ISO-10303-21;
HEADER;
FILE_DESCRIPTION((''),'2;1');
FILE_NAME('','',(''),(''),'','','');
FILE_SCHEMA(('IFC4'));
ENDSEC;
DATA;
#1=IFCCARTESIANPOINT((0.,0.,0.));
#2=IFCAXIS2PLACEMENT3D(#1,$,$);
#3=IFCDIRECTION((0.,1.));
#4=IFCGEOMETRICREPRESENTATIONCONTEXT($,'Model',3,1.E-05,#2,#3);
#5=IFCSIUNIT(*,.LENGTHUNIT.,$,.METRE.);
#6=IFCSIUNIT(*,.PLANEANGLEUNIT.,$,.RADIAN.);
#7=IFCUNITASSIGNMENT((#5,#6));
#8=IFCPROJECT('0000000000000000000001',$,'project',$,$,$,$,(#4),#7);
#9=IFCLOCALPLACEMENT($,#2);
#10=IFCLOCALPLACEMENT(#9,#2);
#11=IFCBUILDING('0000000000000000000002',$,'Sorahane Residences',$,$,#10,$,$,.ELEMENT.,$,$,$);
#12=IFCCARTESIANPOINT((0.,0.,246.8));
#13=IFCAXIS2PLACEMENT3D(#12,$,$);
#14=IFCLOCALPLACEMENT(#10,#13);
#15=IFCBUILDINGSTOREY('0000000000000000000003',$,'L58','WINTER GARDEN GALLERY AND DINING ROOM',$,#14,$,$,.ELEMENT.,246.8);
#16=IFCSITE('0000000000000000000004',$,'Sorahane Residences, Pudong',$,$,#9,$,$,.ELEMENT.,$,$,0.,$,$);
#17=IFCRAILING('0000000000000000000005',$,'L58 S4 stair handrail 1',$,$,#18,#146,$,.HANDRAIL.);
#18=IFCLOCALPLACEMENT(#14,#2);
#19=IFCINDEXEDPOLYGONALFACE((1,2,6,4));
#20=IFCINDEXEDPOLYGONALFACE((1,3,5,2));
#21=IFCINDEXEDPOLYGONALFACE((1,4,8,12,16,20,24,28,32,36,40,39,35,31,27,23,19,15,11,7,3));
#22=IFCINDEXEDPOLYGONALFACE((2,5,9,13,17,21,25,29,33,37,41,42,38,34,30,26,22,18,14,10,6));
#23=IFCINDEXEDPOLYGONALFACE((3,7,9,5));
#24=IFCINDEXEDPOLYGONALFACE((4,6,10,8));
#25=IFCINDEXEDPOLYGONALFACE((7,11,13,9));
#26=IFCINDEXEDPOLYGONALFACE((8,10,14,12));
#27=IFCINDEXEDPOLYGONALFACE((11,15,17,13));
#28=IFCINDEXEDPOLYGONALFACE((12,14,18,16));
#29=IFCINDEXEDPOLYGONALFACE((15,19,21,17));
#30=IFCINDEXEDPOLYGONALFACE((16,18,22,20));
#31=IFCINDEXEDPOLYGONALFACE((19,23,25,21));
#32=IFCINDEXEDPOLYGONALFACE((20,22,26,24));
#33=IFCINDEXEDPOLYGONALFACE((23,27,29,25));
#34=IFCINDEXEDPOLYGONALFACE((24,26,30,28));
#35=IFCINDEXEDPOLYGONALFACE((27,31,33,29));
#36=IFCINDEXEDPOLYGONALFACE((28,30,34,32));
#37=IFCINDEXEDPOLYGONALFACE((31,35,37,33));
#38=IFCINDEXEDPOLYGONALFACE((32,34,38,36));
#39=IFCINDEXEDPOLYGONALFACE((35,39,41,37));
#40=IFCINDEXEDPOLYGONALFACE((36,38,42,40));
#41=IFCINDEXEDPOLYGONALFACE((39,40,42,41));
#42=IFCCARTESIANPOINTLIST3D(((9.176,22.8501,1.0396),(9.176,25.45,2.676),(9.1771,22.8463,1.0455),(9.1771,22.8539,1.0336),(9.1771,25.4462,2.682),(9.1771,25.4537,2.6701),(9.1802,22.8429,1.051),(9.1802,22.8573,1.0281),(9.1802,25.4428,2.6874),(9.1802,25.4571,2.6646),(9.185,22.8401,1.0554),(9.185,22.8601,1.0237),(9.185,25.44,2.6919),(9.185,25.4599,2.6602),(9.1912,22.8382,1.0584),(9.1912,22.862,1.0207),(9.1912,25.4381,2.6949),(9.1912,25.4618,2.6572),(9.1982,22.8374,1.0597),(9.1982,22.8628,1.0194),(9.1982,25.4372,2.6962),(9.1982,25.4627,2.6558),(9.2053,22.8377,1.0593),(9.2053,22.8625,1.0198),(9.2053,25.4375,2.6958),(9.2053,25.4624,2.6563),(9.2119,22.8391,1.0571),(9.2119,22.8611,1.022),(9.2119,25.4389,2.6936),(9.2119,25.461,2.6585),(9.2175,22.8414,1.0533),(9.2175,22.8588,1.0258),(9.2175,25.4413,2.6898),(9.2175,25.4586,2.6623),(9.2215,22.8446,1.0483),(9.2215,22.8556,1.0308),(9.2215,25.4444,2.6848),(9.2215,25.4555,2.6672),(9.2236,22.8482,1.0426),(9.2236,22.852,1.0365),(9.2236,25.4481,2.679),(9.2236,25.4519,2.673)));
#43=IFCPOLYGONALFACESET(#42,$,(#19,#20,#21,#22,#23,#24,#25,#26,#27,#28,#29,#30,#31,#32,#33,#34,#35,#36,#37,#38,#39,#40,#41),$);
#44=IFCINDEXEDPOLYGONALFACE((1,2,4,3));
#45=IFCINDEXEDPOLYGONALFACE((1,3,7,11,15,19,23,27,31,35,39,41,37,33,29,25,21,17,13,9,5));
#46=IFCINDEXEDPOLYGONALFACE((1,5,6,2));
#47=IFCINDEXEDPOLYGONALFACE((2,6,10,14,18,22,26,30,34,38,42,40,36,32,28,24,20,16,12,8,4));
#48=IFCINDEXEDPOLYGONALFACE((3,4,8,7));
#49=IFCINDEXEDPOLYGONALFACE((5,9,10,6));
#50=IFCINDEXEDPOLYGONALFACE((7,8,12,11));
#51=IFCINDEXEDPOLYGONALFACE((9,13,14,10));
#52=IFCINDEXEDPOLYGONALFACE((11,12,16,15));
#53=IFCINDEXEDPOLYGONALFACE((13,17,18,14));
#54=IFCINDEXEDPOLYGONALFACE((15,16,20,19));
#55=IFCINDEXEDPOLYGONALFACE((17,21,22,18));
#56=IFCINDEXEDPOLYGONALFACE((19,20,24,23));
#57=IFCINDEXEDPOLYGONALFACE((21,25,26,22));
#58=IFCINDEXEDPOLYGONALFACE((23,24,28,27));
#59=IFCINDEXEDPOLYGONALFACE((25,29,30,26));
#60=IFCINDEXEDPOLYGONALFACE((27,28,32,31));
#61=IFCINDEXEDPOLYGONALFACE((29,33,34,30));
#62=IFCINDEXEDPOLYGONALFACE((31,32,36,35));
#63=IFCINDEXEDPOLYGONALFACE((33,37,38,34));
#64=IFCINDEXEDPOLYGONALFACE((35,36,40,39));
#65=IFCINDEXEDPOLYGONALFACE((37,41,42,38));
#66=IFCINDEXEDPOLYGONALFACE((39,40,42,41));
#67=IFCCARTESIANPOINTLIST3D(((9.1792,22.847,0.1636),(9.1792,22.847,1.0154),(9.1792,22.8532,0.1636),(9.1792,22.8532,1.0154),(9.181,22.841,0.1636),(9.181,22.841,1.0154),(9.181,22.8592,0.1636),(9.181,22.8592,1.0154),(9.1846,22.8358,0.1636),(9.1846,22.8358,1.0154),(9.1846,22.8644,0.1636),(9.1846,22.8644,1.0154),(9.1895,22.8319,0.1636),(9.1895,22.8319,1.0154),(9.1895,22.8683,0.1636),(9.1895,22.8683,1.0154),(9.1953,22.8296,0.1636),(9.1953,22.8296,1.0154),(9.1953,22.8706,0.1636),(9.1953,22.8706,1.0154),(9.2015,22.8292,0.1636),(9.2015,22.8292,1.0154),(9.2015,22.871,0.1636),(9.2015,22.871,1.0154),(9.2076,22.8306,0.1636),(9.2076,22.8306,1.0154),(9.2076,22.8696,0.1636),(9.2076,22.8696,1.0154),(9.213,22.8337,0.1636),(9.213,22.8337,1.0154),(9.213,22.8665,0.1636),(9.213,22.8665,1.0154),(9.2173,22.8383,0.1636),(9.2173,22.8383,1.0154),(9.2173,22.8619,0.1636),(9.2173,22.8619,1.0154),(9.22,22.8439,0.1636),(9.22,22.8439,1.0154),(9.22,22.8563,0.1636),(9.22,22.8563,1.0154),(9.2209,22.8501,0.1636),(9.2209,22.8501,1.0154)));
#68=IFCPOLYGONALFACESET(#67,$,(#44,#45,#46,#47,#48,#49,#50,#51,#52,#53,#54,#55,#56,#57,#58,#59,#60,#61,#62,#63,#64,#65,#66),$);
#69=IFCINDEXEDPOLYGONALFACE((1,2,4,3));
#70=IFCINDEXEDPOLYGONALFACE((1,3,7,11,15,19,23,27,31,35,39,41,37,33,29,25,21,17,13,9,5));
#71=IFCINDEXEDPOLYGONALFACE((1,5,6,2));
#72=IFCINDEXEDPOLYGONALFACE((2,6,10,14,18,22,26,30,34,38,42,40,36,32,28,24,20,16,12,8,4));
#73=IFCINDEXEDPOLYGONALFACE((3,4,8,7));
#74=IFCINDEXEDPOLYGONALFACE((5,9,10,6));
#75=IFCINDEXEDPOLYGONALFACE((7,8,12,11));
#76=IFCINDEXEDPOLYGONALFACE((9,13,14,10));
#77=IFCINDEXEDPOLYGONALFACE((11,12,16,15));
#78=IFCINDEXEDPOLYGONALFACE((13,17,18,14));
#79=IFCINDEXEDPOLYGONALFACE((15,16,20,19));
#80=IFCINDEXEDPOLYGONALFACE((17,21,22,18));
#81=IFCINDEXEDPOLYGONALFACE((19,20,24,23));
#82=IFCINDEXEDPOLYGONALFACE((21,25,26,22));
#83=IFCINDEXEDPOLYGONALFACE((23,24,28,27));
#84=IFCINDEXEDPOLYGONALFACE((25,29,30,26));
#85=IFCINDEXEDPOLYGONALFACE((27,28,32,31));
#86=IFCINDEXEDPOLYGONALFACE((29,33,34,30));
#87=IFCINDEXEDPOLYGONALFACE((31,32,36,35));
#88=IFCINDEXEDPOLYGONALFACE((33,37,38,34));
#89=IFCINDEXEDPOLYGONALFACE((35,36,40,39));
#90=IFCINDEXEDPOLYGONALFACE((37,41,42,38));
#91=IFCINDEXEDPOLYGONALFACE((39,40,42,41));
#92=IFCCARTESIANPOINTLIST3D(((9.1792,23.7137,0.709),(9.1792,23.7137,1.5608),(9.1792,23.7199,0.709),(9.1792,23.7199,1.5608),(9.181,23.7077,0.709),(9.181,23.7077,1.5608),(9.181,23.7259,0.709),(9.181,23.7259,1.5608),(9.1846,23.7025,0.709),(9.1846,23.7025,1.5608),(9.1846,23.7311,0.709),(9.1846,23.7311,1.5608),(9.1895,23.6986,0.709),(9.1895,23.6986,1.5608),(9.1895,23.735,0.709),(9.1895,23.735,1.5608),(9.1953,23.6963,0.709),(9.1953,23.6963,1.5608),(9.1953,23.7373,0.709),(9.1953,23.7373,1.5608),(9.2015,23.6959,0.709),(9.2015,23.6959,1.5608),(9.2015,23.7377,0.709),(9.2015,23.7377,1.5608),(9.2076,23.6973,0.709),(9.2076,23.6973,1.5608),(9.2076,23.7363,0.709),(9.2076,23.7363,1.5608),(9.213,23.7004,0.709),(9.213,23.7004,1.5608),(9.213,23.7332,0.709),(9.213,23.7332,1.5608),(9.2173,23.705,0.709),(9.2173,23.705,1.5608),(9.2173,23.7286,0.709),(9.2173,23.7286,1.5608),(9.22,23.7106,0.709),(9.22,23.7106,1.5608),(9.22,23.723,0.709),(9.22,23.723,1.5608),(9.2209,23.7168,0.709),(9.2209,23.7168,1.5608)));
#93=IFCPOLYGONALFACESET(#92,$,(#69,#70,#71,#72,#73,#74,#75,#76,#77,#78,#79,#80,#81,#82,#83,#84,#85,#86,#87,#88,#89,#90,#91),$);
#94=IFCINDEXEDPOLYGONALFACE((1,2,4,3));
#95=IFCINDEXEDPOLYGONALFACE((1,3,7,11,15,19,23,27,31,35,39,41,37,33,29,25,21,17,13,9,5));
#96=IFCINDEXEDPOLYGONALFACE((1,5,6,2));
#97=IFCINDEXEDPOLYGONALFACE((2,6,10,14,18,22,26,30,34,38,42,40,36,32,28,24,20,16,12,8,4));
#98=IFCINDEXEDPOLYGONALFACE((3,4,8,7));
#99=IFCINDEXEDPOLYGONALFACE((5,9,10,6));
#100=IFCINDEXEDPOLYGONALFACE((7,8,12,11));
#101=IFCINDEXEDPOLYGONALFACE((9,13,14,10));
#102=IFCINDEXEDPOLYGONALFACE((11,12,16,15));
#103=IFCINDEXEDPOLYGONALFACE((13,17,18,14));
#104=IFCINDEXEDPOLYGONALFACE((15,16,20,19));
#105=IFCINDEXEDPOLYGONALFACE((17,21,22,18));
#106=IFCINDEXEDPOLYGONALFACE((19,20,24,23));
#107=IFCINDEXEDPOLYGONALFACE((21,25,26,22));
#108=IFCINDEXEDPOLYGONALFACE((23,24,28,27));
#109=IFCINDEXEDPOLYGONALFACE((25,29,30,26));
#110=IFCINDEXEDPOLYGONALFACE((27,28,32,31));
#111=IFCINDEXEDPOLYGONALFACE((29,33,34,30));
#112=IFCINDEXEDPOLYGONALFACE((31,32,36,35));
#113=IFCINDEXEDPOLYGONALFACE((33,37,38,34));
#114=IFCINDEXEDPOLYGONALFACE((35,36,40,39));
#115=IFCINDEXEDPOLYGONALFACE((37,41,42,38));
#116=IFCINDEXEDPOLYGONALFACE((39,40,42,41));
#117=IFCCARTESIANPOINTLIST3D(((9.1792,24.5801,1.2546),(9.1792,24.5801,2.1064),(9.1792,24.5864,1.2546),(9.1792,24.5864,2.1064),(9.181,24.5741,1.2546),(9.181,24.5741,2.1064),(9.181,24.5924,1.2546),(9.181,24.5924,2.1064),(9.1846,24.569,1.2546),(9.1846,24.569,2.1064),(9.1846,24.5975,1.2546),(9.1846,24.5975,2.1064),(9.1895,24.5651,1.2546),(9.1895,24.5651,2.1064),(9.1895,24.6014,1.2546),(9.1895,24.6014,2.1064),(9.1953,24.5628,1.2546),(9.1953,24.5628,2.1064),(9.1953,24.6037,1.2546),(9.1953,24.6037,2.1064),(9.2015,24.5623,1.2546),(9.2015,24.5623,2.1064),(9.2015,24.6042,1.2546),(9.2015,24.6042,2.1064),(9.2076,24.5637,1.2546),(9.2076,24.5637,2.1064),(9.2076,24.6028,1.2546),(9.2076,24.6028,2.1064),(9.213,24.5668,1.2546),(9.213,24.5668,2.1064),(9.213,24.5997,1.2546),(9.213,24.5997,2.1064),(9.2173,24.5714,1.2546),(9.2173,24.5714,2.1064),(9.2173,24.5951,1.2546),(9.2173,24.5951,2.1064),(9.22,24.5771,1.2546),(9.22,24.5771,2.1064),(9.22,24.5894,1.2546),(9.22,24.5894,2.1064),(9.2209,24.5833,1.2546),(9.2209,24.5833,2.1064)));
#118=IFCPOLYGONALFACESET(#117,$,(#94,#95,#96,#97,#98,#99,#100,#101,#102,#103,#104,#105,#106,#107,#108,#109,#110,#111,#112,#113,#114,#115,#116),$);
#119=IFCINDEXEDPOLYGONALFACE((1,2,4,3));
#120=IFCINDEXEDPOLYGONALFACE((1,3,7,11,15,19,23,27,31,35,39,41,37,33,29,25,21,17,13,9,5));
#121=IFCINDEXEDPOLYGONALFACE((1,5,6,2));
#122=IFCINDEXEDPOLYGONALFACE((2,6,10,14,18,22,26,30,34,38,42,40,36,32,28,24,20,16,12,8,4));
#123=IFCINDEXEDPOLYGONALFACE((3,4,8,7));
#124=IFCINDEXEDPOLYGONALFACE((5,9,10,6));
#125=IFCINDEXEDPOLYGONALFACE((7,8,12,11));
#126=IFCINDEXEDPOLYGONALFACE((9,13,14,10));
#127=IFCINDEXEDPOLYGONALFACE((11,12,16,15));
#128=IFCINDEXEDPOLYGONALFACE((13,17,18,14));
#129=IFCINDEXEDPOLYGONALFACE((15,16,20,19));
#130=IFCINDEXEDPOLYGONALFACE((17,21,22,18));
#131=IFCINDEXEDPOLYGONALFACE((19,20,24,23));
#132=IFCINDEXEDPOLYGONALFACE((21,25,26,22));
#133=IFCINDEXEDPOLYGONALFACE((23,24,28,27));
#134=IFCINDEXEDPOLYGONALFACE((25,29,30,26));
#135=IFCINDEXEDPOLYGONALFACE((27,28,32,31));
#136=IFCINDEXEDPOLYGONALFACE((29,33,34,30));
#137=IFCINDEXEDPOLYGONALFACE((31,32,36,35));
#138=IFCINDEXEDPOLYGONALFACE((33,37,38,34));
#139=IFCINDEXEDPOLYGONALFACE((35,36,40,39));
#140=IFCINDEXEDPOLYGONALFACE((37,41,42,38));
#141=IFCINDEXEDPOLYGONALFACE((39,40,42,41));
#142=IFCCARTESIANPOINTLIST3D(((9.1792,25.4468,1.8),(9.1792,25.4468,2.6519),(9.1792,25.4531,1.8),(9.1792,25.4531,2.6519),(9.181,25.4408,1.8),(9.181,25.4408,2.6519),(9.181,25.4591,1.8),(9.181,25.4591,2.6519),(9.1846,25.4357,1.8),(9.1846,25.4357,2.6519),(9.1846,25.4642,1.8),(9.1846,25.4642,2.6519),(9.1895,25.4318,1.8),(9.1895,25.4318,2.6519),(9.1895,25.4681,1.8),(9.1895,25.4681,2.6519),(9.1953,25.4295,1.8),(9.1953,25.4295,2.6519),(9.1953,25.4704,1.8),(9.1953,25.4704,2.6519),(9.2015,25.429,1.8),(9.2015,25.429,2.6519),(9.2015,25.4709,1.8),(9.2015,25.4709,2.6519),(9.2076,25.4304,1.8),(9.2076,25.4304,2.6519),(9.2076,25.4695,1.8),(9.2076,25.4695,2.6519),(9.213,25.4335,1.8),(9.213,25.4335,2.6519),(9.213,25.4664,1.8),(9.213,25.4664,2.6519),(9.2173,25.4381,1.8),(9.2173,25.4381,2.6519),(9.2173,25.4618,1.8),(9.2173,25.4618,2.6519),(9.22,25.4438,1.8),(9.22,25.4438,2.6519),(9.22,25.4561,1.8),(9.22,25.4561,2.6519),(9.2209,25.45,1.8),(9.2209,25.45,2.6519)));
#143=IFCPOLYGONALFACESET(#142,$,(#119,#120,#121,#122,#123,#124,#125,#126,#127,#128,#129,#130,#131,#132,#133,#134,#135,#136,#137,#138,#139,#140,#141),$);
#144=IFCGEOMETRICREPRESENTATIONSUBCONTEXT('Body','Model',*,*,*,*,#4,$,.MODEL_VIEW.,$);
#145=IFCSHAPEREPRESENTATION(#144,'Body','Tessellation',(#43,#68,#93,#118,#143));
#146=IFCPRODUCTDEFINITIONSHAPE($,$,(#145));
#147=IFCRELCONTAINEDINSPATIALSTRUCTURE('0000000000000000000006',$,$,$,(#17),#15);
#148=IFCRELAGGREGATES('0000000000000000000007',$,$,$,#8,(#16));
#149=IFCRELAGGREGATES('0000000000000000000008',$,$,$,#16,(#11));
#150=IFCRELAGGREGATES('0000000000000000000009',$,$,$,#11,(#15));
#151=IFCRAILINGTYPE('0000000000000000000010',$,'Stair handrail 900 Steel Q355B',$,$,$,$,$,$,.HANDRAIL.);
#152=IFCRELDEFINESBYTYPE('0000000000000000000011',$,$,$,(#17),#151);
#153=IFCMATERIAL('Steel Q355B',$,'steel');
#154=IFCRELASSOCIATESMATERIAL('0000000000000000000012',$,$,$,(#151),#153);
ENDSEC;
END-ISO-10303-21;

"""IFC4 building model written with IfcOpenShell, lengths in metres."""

from ifc_helpers import new_model, si_unit, direction, frame, origin, origin_2d, place, context, subcontext, project, spatial, circle, extrude, material, type_object, element, save


model = new_model("IFC4")

# Units and contexts
model_context = context("Model", 3, precision=1e-05, world=origin(), true_north=direction((0.0, 1.0)))
body_context = subcontext(model_context, "Body", "Model", "MODEL_VIEW")
ifc_project = project(units=[si_unit("LENGTHUNIT", "METRE"), si_unit("PLANEANGLEUNIT", "RADIAN")], contexts=[model_context])

# Site, building, storey
site_placement = place(None, origin())
site = spatial("IfcSite", under=ifc_project, at=site_placement, Name="Sorahane Residences, Pudong", CompositionType="ELEMENT", RefElevation=0.0)
building_placement = place(site_placement, origin())
building = spatial("IfcBuilding", under=site, at=building_placement, Name="Sorahane Residences", CompositionType="ELEMENT")
storey_placement = place(building_placement, frame((0.0, 0.0, 246.8)))
storey = spatial("IfcBuildingStorey", under=building, at=storey_placement, Name="L58", Description="WINTER GARDEN GALLERY AND DINING ROOM", CompositionType="ELEMENT", Elevation=246.8)

# Railing
ifc_material_1 = material(Name="Steel Q355B", Category="steel")
railing_type_1 = type_object("IfcRailingType", Name="Stair handrail 900 Steel Q355B", PredefinedType="HANDRAIL", material=ifc_material_1)
railing_1_placement = place(storey_placement, frame((9.2, 22.8501, 0.1636)))
element("IfcRailing", 1, at=railing_1_placement, inside=storey, type_object=railing_type_1, Name="L58 S4 stair handrail 1", PredefinedType="HANDRAIL", context=body_context, shape_type="SweptSolid", body=[
    extrude(circle(Radius=0.0239, at=origin_2d()), frame((0.0, 0.0, 0.876), z_axis=(0.0, 0.846302, 0.532704), x_axis=(-1.0, 0.0, 0.0)), (0.0, 0.0, 1.0), 3.072),
    extrude(circle(Radius=0.021, at=origin_2d()), origin(), (0.0, 0.0, 1.0), 0.8518),
    extrude(circle(Radius=0.021, at=origin_2d()), frame((0.0, 0.8667, 0.5454)), (0.0, 0.0, 1.0), 0.8518),
    extrude(circle(Radius=0.021, at=origin_2d()), frame((0.0, 1.7332, 1.0911)), (0.0, 0.0, 1.0), 0.8518),
    extrude(circle(Radius=0.021, at=origin_2d()), frame((0.0, 2.5999, 1.6365)), (0.0, 0.0, 1.0), 0.8518),
])

save(model, "model.ifc")
